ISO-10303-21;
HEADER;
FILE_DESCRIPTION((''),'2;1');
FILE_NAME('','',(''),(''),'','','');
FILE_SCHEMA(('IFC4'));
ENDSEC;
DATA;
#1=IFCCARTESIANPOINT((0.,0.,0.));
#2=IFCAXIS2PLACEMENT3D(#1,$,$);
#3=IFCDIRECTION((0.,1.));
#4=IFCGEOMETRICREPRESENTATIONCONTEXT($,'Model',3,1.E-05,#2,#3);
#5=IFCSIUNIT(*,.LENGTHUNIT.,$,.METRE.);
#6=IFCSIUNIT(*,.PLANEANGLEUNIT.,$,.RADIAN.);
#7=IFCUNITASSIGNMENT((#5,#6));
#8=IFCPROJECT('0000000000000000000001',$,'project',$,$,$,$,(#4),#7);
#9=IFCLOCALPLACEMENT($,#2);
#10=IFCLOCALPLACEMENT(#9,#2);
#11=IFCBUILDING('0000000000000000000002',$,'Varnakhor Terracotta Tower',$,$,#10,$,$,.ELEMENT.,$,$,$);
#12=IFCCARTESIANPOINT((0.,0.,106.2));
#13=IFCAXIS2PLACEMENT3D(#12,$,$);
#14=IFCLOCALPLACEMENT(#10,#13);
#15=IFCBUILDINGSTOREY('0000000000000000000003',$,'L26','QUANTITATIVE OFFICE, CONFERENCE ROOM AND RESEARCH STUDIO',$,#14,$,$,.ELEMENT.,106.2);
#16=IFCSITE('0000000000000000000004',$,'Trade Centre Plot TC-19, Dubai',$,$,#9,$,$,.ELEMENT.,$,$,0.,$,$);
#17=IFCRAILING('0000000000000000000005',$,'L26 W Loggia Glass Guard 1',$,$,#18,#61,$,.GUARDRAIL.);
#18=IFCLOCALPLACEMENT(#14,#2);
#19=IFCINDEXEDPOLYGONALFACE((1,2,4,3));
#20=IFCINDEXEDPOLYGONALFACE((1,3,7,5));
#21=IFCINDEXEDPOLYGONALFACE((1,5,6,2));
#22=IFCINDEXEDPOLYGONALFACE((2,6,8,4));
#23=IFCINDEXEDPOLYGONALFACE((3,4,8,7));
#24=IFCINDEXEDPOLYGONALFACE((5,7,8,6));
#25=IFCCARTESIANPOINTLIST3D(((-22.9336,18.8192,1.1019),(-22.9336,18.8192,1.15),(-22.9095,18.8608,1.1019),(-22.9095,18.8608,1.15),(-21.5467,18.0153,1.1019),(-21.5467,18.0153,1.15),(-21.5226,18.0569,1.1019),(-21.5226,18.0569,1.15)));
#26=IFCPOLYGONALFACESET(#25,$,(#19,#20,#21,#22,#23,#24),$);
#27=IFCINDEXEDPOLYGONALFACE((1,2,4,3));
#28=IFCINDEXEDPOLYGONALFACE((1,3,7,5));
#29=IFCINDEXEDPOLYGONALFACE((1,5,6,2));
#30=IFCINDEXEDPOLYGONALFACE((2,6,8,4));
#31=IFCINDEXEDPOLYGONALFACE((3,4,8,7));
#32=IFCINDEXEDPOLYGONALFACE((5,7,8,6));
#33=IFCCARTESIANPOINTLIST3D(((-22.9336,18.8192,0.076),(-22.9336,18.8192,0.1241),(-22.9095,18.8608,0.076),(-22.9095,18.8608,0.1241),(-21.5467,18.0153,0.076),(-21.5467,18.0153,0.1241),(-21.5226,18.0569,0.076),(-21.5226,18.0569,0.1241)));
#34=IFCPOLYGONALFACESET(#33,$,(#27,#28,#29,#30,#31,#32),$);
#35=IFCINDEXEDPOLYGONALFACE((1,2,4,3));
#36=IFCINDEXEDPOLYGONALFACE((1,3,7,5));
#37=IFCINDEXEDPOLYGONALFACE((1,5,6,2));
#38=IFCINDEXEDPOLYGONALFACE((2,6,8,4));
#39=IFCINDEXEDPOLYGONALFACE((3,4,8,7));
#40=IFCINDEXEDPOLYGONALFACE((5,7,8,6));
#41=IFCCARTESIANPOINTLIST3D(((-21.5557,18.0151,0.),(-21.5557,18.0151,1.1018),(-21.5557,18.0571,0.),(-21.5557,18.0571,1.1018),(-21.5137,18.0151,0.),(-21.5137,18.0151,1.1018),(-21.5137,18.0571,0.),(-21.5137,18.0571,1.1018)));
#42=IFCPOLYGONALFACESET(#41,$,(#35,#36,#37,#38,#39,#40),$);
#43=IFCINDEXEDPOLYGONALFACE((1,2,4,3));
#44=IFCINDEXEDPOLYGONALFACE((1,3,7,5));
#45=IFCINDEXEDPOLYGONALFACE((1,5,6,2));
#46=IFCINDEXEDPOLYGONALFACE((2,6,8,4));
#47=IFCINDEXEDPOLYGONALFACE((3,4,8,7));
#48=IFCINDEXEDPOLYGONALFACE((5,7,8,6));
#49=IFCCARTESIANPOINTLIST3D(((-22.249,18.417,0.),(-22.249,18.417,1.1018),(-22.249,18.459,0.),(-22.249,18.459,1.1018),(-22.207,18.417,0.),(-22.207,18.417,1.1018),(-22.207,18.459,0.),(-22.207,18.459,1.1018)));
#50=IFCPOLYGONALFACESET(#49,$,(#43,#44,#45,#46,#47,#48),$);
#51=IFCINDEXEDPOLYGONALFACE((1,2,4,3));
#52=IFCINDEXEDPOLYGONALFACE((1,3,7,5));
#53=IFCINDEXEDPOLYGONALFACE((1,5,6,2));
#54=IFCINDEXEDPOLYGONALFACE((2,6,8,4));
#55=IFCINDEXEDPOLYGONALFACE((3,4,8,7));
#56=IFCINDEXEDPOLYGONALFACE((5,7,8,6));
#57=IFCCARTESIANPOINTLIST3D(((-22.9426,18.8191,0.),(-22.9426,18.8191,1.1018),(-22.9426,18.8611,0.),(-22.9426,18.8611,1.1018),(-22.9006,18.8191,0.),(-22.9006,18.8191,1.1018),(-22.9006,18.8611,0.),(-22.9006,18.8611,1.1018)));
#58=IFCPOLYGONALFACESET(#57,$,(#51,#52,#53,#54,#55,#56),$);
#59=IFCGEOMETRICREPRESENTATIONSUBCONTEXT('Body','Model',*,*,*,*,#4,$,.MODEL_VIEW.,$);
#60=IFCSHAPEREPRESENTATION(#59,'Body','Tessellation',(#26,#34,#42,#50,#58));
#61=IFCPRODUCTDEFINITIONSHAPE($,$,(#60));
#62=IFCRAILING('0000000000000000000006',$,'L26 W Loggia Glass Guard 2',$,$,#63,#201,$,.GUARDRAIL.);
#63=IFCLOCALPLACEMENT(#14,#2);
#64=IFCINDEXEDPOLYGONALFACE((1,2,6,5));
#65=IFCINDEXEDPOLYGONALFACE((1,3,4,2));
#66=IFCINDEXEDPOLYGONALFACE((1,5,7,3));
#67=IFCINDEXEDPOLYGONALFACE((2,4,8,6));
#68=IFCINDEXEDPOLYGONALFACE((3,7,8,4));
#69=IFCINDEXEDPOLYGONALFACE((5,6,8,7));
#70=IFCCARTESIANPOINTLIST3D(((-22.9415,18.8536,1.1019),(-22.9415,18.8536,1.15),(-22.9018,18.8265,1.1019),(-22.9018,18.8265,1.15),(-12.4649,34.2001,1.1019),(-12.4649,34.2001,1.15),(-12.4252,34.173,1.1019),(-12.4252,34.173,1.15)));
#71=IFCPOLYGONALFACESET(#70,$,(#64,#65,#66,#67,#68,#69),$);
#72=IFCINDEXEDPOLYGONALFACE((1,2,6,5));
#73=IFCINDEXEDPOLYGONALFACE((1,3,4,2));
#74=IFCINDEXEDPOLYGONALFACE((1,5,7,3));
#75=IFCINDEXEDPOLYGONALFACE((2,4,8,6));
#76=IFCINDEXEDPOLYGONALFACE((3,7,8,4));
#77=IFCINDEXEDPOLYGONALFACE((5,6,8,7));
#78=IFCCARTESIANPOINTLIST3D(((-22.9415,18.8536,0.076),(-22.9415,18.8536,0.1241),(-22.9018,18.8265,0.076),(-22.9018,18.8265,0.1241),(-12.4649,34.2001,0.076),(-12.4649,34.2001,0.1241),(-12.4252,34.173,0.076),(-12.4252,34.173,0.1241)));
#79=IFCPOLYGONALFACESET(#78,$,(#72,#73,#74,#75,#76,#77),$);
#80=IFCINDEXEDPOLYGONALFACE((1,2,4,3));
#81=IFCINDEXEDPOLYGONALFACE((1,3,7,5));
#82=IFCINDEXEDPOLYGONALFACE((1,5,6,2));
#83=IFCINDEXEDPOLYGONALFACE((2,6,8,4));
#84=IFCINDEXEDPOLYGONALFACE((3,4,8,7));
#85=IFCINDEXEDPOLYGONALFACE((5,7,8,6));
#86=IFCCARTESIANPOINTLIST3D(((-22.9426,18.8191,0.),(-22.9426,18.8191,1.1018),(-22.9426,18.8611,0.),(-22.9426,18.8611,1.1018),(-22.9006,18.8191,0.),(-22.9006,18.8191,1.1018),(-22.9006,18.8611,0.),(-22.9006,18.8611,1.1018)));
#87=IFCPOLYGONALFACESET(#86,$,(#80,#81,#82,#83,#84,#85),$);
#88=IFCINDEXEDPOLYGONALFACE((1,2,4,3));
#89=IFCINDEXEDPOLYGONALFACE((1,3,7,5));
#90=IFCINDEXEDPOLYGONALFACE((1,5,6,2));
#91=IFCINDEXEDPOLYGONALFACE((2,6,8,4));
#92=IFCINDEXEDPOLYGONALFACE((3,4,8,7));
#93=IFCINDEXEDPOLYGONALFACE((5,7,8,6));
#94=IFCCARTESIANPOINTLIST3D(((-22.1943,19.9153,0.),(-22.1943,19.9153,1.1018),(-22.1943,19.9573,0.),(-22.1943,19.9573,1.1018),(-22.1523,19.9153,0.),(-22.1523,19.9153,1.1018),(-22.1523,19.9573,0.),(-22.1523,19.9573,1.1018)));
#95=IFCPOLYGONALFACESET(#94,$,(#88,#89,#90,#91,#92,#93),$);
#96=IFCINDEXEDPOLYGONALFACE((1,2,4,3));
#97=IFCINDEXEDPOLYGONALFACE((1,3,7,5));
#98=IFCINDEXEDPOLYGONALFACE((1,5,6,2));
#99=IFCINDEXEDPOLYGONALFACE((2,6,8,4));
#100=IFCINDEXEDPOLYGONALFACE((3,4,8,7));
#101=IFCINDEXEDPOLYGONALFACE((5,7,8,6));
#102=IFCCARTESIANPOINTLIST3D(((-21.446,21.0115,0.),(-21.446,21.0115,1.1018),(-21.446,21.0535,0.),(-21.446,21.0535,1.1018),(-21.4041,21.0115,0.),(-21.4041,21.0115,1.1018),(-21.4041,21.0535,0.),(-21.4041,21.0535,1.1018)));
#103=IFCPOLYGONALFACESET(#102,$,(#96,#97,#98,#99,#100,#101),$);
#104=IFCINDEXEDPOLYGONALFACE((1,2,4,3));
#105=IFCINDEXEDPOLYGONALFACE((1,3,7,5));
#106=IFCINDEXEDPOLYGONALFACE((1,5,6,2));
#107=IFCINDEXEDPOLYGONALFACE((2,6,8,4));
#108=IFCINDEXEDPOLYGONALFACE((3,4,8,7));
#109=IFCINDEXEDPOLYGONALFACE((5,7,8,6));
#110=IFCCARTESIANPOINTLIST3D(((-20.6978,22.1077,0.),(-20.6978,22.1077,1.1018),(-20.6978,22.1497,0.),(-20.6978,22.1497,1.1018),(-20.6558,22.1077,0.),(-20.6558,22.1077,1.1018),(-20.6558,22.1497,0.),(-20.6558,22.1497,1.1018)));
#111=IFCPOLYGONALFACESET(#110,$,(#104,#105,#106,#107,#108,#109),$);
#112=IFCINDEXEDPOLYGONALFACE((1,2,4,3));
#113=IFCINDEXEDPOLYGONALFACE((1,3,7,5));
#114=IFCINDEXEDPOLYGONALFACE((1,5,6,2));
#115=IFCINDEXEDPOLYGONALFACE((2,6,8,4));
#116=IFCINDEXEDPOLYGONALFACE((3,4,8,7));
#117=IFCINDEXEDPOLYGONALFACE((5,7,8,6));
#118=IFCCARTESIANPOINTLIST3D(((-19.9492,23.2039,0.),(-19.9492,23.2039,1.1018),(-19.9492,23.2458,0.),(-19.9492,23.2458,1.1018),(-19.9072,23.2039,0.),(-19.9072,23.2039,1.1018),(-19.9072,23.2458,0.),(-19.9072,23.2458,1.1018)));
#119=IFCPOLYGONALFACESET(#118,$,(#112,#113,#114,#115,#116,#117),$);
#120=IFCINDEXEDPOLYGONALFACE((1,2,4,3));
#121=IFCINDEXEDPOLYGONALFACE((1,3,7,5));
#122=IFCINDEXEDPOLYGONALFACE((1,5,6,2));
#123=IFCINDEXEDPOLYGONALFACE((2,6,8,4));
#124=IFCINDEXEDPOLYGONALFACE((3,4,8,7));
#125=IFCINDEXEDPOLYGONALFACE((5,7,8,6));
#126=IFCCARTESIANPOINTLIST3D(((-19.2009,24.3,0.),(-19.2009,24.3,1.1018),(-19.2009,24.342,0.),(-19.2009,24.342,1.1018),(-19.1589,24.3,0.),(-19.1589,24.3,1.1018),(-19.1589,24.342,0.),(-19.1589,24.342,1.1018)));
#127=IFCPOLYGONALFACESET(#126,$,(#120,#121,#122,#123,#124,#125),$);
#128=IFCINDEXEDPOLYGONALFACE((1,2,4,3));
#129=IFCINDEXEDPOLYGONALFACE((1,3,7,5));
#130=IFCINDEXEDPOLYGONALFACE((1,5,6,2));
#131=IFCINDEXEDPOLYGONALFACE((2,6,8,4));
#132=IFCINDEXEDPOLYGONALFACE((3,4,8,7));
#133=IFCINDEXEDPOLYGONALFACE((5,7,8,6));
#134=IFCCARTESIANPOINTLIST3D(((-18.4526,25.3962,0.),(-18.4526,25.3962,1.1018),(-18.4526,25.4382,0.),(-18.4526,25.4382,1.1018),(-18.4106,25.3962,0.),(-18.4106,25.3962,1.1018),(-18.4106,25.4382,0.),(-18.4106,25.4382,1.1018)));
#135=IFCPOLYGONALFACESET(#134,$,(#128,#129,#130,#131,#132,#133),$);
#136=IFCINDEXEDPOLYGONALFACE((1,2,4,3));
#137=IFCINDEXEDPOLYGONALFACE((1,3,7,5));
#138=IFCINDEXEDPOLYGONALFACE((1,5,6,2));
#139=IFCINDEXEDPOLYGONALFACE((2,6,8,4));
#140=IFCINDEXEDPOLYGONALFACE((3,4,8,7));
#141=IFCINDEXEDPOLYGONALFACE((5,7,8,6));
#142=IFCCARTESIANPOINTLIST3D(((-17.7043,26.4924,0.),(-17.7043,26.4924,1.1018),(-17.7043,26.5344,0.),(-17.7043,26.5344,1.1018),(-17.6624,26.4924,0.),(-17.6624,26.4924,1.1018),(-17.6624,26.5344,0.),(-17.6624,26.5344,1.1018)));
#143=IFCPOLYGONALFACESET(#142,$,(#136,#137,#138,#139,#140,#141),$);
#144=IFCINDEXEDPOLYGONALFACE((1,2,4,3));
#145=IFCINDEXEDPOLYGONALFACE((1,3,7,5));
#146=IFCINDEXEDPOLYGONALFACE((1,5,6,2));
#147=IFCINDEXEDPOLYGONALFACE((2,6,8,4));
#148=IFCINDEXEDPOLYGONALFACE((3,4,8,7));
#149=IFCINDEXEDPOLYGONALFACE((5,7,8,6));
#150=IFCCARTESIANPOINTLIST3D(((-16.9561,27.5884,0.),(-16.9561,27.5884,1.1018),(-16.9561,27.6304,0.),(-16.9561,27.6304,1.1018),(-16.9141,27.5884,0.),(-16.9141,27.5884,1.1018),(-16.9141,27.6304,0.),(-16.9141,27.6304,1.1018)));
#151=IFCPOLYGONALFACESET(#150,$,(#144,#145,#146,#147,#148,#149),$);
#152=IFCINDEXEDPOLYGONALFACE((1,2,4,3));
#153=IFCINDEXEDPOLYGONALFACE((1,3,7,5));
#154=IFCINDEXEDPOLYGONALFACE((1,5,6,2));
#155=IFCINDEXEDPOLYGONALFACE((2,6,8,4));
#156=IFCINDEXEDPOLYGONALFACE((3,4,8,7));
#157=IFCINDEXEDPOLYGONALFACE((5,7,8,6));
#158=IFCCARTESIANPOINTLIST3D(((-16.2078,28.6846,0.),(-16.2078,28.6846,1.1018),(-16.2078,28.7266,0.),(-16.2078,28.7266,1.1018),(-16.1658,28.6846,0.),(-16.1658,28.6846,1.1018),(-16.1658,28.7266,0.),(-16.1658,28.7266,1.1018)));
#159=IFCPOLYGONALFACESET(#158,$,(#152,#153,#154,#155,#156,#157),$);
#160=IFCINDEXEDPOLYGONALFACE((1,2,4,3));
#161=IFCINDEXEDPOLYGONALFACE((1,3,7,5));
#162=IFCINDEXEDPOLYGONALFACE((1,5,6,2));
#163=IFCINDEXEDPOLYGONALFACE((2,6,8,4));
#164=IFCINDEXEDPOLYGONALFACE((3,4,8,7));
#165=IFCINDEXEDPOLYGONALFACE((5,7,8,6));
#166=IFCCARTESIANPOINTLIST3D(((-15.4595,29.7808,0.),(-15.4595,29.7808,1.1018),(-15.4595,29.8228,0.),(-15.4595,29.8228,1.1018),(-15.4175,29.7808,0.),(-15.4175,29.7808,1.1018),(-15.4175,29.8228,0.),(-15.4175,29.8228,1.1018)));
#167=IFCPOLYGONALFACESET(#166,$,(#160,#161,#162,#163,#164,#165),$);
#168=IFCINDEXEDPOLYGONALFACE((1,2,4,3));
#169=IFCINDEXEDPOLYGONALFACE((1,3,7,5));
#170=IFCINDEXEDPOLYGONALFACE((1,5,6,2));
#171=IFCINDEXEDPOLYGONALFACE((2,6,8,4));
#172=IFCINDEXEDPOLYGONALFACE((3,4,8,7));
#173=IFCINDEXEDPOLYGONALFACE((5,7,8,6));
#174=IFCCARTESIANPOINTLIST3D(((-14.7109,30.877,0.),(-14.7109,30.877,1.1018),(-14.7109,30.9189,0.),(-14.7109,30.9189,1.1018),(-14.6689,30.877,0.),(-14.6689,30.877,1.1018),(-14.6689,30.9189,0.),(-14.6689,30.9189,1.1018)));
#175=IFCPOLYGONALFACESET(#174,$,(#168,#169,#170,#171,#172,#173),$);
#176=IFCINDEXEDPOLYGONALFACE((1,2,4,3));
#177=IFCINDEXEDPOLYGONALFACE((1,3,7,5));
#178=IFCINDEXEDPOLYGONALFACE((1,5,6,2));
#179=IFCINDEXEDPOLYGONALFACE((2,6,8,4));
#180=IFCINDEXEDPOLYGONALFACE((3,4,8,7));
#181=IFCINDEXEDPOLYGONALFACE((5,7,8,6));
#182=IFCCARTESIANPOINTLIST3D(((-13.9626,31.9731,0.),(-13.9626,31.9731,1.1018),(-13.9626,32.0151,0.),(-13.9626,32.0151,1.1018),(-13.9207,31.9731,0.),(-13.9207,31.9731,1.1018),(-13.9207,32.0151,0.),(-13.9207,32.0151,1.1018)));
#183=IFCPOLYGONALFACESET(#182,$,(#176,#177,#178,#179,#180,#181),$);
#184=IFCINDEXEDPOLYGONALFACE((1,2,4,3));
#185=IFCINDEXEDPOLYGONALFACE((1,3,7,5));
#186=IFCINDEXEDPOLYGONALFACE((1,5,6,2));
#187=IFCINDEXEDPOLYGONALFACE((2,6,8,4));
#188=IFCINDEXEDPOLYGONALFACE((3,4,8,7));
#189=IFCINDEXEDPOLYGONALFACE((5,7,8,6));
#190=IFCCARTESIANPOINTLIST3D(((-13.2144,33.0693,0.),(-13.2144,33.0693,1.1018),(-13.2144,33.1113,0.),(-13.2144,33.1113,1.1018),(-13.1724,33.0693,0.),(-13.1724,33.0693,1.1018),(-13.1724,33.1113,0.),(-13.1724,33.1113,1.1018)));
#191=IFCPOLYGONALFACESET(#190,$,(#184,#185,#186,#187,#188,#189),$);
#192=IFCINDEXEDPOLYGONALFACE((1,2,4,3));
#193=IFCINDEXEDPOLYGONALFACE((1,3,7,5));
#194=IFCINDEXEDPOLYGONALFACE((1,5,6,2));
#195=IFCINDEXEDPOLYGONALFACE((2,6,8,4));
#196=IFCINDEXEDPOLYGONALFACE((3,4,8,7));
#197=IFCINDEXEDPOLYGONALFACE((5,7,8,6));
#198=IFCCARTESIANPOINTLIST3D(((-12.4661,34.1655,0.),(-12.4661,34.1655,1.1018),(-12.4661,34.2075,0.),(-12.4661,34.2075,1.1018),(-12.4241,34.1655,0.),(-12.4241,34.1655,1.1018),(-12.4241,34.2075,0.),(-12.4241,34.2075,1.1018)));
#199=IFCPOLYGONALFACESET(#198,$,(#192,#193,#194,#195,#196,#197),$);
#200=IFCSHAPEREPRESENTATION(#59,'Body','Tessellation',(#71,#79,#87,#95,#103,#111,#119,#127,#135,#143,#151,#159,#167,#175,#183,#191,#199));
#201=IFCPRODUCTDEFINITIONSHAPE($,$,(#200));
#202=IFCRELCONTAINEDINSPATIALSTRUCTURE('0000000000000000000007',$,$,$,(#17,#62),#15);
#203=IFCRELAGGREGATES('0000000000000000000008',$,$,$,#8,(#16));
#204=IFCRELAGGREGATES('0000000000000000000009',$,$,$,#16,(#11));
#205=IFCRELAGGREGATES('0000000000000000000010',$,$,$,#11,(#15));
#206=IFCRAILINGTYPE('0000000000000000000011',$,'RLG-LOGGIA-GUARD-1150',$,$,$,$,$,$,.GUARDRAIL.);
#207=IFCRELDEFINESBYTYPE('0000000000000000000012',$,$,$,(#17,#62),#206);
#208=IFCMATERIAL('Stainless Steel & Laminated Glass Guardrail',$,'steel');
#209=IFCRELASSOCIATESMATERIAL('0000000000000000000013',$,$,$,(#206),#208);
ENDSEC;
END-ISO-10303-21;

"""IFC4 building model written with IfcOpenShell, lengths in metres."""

from ifc_helpers import new_model, si_unit, direction, frame, origin, origin_2d, place, context, subcontext, project, spatial, rectangle, extrude, material, type_object, element, save


model = new_model("IFC4")

# Units and contexts
model_context = context("Model", 3, precision=1e-05, world=origin(), true_north=direction((0.0, 1.0)))
body_context = subcontext(model_context, "Body", "Model", "MODEL_VIEW")
ifc_project = project(units=[si_unit("LENGTHUNIT", "METRE"), si_unit("PLANEANGLEUNIT", "RADIAN")], contexts=[model_context])

# Site, building, storey
site_placement = place(None, origin())
site = spatial("IfcSite", under=ifc_project, at=site_placement, Name="Trade Centre Plot TC-19, Dubai", CompositionType="ELEMENT", RefElevation=0.0)
building_placement = place(site_placement, origin())
building = spatial("IfcBuilding", under=site, at=building_placement, Name="Varnakhor Terracotta Tower", CompositionType="ELEMENT")
storey_placement = place(building_placement, frame((0.0, 0.0, 106.2)))
storey = spatial("IfcBuildingStorey", under=building, at=storey_placement, Name="L26", Description="QUANTITATIVE OFFICE, CONFERENCE ROOM AND RESEARCH STUDIO", CompositionType="ELEMENT", Elevation=106.2)

# Railings
ifc_material_1 = material(Name="Stainless Steel & Laminated Glass Guardrail", Category="steel")
railing_type = type_object("IfcRailingType", Name="RLG-LOGGIA-GUARD-1150", PredefinedType="GUARDRAIL", material=ifc_material_1)
railing_1_placement = place(storey_placement, frame((-21.5347, 18.0361, 0.0)))
element("IfcRailing", 1, at=railing_1_placement, inside=storey, type_object=railing_type, Name="L26 W Loggia Glass Guard 1", PredefinedType="GUARDRAIL", context=body_context, shape_type="SweptSolid", body=[
    extrude(rectangle(XDim=0.0481, YDim=0.0481, at=origin_2d()), frame((0.0, 0.0, 1.126), z_axis=(-0.865162, 0.501492, 0.0), x_axis=(-0.501492, -0.865162, 0.0)), (0.0, 0.0, 1.0), 1.603),
    extrude(rectangle(XDim=0.0481, YDim=0.0481, at=origin_2d()), frame((0.0, 0.0, 0.1001), z_axis=(-0.865162, 0.501492, 0.0), x_axis=(-0.501492, -0.865162, 0.0)), (0.0, 0.0, 1.0), 1.603),
    extrude(rectangle(XDim=0.042, YDim=0.042, at=origin_2d()), origin(), (0.0, 0.0, 1.0), 1.1018),
    extrude(rectangle(XDim=0.042, YDim=0.042, at=origin_2d()), frame((-0.6934, 0.4019, 0.0)), (0.0, 0.0, 1.0), 1.1018),
    extrude(rectangle(XDim=0.042, YDim=0.042, at=origin_2d()), frame((-1.387, 0.804, 0.0)), (0.0, 0.0, 1.0), 1.1018),
])
railing_2_placement = place(storey_placement, frame((-22.9216, 18.8401, 0.0)))
element("IfcRailing", 2, at=railing_2_placement, inside=storey, type_object=railing_type, Name="L26 W Loggia Glass Guard 2", PredefinedType="GUARDRAIL", context=body_context, shape_type="SweptSolid", body=[
    extrude(rectangle(XDim=0.0481, YDim=0.0481, at=origin_2d()), frame((0.0, 0.0, 1.126), z_axis=(0.563817, 0.825899, 0.0), x_axis=(-0.825899, 0.563817, 0.0)), (0.0, 0.0, 1.0), 18.5815),
    extrude(rectangle(XDim=0.0481, YDim=0.0481, at=origin_2d()), frame((0.0, 0.0, 0.1001), z_axis=(0.563817, 0.825899, 0.0), x_axis=(-0.825899, 0.563817, 0.0)), (0.0, 0.0, 1.0), 18.5815),
    extrude(rectangle(XDim=0.042, YDim=0.042, at=origin_2d()), origin(), (0.0, 0.0, 1.0), 1.1018),
    extrude(rectangle(XDim=0.042, YDim=0.042, at=origin_2d()), frame((0.7483, 1.0962, 0.0)), (0.0, 0.0, 1.0), 1.1018),
    extrude(rectangle(XDim=0.042, YDim=0.042, at=origin_2d()), frame((1.4966, 2.1924, 0.0)), (0.0, 0.0, 1.0), 1.1018),
    extrude(rectangle(XDim=0.042, YDim=0.042, at=origin_2d()), frame((2.2449, 3.2886, 0.0)), (0.0, 0.0, 1.0), 1.1018),
    extrude(rectangle(XDim=0.042, YDim=0.042, at=origin_2d()), frame((2.9934, 4.3848, 0.0)), (0.0, 0.0, 1.0), 1.1018),
    extrude(rectangle(XDim=0.042, YDim=0.042, at=origin_2d()), frame((3.7417, 5.481, 0.0)), (0.0, 0.0, 1.0), 1.1018),
    extrude(rectangle(XDim=0.042, YDim=0.042, at=origin_2d()), frame((4.49, 6.5771, 0.0)), (0.0, 0.0, 1.0), 1.1018),
    extrude(rectangle(XDim=0.042, YDim=0.042, at=origin_2d()), frame((5.2383, 7.6733, 0.0)), (0.0, 0.0, 1.0), 1.1018),
    extrude(rectangle(XDim=0.042, YDim=0.042, at=origin_2d()), frame((5.9866, 8.7693, 0.0)), (0.0, 0.0, 1.0), 1.1018),
    extrude(rectangle(XDim=0.042, YDim=0.042, at=origin_2d()), frame((6.7349, 9.8655, 0.0)), (0.0, 0.0, 1.0), 1.1018),
    extrude(rectangle(XDim=0.042, YDim=0.042, at=origin_2d()), frame((7.4832, 10.9617, 0.0)), (0.0, 0.0, 1.0), 1.1018),
    extrude(rectangle(XDim=0.042, YDim=0.042, at=origin_2d()), frame((8.2317, 12.0579, 0.0)), (0.0, 0.0, 1.0), 1.1018),
    extrude(rectangle(XDim=0.042, YDim=0.042, at=origin_2d()), frame((8.98, 13.1541, 0.0)), (0.0, 0.0, 1.0), 1.1018),
    extrude(rectangle(XDim=0.042, YDim=0.042, at=origin_2d()), frame((9.7283, 14.2502, 0.0)), (0.0, 0.0, 1.0), 1.1018),
    extrude(rectangle(XDim=0.042, YDim=0.042, at=origin_2d()), frame((10.4766, 15.3464, 0.0)), (0.0, 0.0, 1.0), 1.1018),
])

save(model, "model.ifc")
